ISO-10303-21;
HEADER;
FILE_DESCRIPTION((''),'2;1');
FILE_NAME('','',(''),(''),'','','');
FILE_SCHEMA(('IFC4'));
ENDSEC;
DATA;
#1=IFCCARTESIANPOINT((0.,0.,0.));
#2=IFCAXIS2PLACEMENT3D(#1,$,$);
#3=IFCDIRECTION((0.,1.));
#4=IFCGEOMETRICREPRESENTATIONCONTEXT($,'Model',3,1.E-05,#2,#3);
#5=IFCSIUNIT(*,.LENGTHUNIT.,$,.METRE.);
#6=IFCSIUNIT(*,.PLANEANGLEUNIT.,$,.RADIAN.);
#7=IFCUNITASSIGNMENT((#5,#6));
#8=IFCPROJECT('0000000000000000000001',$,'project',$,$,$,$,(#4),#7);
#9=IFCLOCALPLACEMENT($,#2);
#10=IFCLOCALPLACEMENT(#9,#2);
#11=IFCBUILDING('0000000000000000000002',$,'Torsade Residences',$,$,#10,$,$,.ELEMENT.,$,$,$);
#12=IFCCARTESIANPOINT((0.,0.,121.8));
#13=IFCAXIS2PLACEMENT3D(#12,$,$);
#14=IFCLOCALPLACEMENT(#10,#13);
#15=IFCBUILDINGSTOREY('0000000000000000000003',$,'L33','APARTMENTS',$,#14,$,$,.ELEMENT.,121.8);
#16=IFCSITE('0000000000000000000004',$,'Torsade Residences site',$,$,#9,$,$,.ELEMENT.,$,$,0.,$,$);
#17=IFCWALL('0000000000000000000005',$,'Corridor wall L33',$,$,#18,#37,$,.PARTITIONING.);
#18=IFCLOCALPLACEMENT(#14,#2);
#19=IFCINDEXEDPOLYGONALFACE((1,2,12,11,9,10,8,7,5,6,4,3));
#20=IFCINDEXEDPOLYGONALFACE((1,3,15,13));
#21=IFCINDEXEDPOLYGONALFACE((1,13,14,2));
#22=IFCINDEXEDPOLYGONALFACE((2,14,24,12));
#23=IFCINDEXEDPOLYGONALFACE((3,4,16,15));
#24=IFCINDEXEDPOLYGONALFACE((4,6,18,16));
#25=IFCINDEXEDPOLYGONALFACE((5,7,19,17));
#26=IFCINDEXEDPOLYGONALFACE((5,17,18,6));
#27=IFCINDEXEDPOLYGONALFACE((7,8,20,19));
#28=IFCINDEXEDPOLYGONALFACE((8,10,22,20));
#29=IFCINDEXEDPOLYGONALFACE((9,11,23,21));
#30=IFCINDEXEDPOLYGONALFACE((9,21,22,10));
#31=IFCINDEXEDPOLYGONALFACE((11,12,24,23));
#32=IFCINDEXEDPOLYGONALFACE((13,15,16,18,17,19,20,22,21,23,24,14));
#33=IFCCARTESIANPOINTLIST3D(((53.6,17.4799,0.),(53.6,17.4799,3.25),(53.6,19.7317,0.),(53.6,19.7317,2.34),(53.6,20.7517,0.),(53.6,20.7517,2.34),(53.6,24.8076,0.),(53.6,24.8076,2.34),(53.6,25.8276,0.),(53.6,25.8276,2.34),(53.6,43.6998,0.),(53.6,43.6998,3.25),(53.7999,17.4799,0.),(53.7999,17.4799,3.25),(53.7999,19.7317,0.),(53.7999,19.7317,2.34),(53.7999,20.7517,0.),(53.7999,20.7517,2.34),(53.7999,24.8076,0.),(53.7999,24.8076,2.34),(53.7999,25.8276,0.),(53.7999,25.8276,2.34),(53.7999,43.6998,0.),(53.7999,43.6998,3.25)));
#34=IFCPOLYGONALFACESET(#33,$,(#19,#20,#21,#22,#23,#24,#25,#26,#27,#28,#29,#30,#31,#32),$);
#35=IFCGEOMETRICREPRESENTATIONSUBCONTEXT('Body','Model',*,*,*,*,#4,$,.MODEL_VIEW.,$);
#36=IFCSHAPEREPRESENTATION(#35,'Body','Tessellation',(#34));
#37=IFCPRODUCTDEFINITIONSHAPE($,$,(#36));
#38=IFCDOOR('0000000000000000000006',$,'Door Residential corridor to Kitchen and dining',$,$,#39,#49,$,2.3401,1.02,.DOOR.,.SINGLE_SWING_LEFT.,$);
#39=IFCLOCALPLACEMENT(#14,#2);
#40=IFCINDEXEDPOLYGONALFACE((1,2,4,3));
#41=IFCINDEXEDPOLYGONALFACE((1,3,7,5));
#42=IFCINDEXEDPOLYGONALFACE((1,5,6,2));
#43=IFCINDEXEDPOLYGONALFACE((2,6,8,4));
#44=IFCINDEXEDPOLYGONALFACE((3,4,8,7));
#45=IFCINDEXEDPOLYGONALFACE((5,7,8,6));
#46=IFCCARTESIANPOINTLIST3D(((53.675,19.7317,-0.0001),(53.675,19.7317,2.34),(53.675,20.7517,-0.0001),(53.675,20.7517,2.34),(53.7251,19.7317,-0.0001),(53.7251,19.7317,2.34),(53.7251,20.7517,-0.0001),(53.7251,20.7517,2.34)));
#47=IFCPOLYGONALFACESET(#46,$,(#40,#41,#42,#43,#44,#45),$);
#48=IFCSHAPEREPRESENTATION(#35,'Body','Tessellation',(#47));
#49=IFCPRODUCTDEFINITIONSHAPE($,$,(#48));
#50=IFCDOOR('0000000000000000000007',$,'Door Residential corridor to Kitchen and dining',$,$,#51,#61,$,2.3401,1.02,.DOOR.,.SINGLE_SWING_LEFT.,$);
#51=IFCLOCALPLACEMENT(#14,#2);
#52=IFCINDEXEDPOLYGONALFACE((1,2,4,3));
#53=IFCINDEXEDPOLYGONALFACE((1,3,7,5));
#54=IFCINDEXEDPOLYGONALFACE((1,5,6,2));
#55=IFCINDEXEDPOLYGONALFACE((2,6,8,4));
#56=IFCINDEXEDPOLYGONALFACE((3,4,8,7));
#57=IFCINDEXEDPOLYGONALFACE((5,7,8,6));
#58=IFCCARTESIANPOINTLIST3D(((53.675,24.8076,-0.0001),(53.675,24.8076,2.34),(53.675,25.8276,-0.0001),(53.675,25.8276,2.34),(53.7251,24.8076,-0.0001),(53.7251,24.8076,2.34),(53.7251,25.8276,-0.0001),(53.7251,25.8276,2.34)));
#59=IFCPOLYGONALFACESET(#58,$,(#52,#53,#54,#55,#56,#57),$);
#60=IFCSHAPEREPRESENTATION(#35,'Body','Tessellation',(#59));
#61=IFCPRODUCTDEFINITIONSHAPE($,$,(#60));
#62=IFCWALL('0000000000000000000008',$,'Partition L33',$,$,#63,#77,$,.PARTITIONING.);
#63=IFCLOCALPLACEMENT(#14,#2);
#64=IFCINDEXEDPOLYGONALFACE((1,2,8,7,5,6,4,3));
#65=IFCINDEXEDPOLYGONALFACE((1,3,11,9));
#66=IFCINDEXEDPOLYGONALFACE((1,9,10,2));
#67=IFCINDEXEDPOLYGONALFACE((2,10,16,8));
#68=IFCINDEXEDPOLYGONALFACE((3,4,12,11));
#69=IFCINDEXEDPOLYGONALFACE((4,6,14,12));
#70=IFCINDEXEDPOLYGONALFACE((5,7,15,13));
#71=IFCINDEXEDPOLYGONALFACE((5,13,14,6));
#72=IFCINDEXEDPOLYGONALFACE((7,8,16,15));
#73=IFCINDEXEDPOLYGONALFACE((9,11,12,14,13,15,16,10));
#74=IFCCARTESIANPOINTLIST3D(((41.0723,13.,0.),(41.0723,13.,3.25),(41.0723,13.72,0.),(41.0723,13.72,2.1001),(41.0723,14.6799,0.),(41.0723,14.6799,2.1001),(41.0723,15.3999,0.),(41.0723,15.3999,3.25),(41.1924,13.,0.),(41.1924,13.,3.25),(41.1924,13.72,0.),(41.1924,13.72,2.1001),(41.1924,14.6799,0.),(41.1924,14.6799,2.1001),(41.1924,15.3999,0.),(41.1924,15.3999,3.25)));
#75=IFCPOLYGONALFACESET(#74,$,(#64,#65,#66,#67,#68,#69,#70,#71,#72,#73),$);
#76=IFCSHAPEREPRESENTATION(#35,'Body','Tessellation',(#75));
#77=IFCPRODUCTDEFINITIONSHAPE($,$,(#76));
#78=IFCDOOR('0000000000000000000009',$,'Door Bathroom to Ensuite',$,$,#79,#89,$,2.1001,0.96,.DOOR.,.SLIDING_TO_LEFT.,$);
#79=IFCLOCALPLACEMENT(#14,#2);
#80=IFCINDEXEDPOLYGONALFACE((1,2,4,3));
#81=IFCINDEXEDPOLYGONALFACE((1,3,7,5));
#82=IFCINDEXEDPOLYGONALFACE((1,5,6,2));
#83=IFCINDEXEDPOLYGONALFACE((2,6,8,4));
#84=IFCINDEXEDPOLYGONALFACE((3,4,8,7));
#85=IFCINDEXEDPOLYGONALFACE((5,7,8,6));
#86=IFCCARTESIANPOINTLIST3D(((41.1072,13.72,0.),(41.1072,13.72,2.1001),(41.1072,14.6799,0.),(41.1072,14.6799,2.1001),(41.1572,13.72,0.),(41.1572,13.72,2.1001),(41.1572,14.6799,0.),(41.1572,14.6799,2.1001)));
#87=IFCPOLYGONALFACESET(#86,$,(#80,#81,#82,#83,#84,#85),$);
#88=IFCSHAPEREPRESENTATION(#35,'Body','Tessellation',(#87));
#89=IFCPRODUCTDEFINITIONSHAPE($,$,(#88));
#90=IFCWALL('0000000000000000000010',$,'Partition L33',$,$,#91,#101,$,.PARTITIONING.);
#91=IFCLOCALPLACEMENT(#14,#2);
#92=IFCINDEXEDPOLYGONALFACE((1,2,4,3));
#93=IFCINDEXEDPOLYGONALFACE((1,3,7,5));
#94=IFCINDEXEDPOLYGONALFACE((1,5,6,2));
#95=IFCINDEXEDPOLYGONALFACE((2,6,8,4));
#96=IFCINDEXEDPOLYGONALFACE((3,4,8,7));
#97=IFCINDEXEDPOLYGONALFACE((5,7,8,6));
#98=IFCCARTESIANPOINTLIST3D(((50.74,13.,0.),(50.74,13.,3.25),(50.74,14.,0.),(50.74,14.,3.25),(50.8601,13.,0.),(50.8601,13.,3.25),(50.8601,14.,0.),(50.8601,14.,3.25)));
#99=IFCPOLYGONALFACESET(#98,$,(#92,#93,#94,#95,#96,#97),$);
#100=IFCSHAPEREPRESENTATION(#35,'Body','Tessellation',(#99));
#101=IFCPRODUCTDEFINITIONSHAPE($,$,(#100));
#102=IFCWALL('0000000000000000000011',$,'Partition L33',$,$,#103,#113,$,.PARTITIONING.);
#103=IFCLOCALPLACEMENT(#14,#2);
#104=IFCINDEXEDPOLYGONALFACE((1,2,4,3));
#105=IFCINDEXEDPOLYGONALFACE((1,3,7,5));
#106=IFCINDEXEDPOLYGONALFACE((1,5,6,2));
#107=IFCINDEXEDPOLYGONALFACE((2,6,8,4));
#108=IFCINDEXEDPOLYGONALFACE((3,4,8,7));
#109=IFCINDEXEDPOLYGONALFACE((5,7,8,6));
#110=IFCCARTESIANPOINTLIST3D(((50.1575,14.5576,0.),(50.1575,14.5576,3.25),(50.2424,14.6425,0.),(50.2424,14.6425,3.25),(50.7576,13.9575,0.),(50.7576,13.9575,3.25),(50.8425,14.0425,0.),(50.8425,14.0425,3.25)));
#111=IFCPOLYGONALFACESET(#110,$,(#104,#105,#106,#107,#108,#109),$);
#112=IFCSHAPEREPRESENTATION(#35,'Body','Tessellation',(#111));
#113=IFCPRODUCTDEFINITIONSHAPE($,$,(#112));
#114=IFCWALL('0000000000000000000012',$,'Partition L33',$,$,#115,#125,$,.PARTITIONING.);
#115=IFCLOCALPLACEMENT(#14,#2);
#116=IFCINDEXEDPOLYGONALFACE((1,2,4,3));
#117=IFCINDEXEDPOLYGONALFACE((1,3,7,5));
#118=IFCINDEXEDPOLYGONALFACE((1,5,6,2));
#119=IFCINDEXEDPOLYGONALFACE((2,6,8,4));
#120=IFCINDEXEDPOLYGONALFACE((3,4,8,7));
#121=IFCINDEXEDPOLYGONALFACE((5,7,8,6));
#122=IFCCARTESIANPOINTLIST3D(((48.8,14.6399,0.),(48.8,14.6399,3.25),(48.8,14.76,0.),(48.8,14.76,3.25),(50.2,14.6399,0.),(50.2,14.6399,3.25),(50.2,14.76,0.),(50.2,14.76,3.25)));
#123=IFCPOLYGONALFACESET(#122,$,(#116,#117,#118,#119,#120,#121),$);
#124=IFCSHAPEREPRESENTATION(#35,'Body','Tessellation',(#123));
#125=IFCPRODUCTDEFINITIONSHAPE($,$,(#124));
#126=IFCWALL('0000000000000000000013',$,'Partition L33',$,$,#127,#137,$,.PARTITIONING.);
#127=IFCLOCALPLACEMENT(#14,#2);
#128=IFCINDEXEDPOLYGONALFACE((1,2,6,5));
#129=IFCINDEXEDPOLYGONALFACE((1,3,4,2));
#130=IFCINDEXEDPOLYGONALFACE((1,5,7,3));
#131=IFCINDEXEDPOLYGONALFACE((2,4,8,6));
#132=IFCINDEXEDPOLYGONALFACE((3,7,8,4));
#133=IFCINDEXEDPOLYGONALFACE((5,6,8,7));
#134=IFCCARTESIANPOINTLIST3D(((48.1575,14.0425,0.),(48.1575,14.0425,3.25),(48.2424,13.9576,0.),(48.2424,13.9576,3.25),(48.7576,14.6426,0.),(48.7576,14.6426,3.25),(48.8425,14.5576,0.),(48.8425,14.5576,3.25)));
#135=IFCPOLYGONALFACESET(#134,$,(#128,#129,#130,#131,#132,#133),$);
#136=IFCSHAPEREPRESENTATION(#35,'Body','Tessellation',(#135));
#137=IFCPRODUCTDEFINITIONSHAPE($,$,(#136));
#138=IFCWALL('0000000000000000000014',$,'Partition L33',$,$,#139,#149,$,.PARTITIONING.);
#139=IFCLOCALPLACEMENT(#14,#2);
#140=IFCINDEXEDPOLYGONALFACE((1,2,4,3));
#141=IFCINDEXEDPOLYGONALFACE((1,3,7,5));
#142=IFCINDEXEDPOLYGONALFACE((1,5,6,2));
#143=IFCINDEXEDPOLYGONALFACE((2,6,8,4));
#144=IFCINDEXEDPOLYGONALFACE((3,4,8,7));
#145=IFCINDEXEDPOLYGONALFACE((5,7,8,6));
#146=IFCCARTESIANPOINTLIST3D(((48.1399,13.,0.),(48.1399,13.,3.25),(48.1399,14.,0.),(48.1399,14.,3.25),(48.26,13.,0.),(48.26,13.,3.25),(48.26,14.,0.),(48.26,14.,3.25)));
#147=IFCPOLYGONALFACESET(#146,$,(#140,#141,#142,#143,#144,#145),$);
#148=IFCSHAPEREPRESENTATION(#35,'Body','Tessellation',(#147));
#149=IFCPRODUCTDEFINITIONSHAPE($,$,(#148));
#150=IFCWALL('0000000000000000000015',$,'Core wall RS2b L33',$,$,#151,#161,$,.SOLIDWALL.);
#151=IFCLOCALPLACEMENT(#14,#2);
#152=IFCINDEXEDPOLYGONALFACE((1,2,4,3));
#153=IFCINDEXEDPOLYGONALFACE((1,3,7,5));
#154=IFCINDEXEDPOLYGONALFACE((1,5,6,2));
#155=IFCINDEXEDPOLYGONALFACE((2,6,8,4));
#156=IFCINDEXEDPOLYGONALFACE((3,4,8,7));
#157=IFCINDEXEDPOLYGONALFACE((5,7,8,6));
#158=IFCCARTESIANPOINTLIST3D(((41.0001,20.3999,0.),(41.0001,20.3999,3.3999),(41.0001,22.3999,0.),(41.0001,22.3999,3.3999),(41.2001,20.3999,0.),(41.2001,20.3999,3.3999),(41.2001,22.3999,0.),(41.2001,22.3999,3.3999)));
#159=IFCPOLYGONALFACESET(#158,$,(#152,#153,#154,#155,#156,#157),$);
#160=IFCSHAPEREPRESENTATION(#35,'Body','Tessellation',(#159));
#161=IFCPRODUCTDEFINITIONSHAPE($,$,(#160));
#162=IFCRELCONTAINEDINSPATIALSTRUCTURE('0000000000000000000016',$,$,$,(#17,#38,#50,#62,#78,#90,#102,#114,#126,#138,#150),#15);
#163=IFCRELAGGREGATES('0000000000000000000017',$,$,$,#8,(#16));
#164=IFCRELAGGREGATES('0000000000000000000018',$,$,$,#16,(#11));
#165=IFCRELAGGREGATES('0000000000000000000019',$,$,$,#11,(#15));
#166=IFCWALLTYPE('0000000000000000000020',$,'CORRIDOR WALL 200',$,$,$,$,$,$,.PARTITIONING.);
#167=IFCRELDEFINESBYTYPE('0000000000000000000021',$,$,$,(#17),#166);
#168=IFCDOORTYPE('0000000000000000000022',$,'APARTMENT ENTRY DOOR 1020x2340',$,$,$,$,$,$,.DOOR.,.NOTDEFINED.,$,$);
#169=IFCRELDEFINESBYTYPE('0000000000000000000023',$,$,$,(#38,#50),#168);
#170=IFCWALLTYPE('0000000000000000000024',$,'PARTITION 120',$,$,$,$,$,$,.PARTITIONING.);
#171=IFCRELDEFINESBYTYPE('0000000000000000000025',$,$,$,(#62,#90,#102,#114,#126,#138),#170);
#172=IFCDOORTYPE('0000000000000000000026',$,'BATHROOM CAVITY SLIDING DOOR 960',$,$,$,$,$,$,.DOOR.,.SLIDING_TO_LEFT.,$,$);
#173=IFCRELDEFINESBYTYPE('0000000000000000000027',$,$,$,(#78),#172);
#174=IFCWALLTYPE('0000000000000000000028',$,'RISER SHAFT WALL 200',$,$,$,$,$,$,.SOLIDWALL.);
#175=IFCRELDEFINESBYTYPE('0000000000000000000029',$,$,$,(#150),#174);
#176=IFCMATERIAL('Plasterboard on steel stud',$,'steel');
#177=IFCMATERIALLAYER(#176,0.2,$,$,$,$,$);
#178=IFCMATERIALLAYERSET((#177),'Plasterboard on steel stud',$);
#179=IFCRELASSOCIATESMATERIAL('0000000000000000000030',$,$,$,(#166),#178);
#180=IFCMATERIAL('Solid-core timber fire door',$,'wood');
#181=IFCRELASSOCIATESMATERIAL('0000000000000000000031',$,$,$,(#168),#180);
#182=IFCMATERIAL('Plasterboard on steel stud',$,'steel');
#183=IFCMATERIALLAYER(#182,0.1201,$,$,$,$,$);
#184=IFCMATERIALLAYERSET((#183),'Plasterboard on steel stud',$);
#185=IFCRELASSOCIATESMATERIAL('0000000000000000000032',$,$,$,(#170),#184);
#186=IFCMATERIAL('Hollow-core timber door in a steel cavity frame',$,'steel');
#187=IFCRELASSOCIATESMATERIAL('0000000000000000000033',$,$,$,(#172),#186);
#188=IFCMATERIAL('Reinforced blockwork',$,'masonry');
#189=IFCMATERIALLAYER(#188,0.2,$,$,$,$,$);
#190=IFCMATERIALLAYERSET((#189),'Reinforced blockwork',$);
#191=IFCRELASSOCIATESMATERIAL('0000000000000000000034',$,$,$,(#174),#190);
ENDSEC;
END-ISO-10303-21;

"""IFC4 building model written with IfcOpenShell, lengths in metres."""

from ifc_helpers import new_model, si_unit, direction, frame, frame_2d, origin, place, context, subcontext, project, spatial, rectangle, extrude, material, layer, layer_set, type_object, element, fill, save


model = new_model("IFC4")

# Units and contexts
model_context = context("Model", 3, precision=1e-05, world=origin(), true_north=direction((0.0, 1.0)))
body_context = subcontext(model_context, "Body", "Model", "MODEL_VIEW")
ifc_project = project(units=[si_unit("LENGTHUNIT", "METRE"), si_unit("PLANEANGLEUNIT", "RADIAN")], contexts=[model_context])

# Site, building, storey
site_placement = place(None, origin())
site = spatial("IfcSite", under=ifc_project, at=site_placement, Name="Torsade Residences site", CompositionType="ELEMENT", RefElevation=0.0)
building_placement = place(site_placement, origin())
building = spatial("IfcBuilding", under=site, at=building_placement, Name="Torsade Residences", CompositionType="ELEMENT")
storey_placement = place(building_placement, frame((0.0, 0.0, 121.8)))
storey = spatial("IfcBuildingStorey", under=building, at=storey_placement, Name="L33", Description="APARTMENTS", CompositionType="ELEMENT", Elevation=121.8)

# Shared definitions
ifc_material_1 = material(Name="Plasterboard on steel stud", Category="steel")
ifc_layer_1 = layer(ifc_material_1, 0.2)
ifc_layer_set_1 = layer_set([ifc_layer_1], Name="Plasterboard on steel stud")
wall_type_1 = type_object("IfcWallType", Name="CORRIDOR WALL 200", PredefinedType="PARTITIONING", material=ifc_layer_set_1)

# Wall, openings, doors
wall_1_placement = place(storey_placement, frame((53.7, 17.48, 0.0), z_axis=(0.0, 0.0, 1.0), x_axis=(0.0, 1.0, 0.0)))
wall_1 = element("IfcWall", 1, at=wall_1_placement, inside=storey, type_object=wall_type_1, Name="Corridor wall L33", PredefinedType="PARTITIONING", context=body_context, shape_type="SweptSolid", body=[
    extrude(rectangle(XDim=26.22, YDim=0.2, at=frame_2d((13.1099, 0.0))), origin(), (0.0, 0.0, 1.0), 3.25),
])
opening_1_placement = place(wall_1_placement, frame((2.2517, 0.0, 0.0)))
opening_1 = element("IfcOpeningElement", 2, at=opening_1_placement, cuts=wall_1, PredefinedType="OPENING", context=body_context, shape_type="SweptSolid", body=[
    extrude(rectangle(XDim=1.02, YDim=2.3401, at=frame_2d((0.51, 1.1699))), frame((0.0, 0.1099, 0.0), z_axis=(0.0, -1.0, 0.0), x_axis=(1.0, 0.0, 0.0)), (0.0, 0.0, 1.0), 0.22),
])
opening_2_placement = place(wall_1_placement, frame((7.3276, 0.0, 0.0)))
opening_2 = element("IfcOpeningElement", 3, at=opening_2_placement, cuts=wall_1, PredefinedType="OPENING", context=body_context, shape_type="SweptSolid", body=[
    extrude(rectangle(XDim=1.02, YDim=2.3401, at=frame_2d((0.51, 1.1699))), frame((0.0, 0.1099, 0.0), z_axis=(0.0, -1.0, 0.0), x_axis=(1.0, 0.0, 0.0)), (0.0, 0.0, 1.0), 0.22),
])
ifc_material_2 = material(Name="Solid-core timber fire door", Category="wood")
door_type_1 = type_object("IfcDoorType", Name="APARTMENT ENTRY DOOR 1020x2340", OperationType="NOTDEFINED", PredefinedType="DOOR", material=ifc_material_2)
door_1_placement = place(opening_1_placement, origin())
door_1 = element("IfcDoor", 4, at=door_1_placement, inside=storey, type_object=door_type_1, Name="Door Residential corridor to Kitchen and dining", OperationType="SINGLE_SWING_LEFT", OverallHeight=2.3401, OverallWidth=1.02, PredefinedType="DOOR", context=body_context, shape_type="SweptSolid", body=[
    extrude(rectangle(XDim=1.02, YDim=2.3401, at=frame_2d((0.51, 1.1699))), frame((0.0, 0.0249, 0.0), z_axis=(0.0, -1.0, 0.0), x_axis=(1.0, 0.0, 0.0)), (0.0, 0.0, 1.0), 0.05),
])
fill(opening_1, door_1)
door_2_placement = place(opening_2_placement, origin())
door_2 = element("IfcDoor", 5, at=door_2_placement, inside=storey, type_object=door_type_1, Name="Door Residential corridor to Kitchen and dining", OperationType="SINGLE_SWING_LEFT", OverallHeight=2.3401, OverallWidth=1.02, PredefinedType="DOOR", context=body_context, shape_type="SweptSolid", body=[
    extrude(rectangle(XDim=1.02, YDim=2.3401, at=frame_2d((0.51, 1.1699))), frame((0.0, 0.0249, 0.0), z_axis=(0.0, -1.0, 0.0), x_axis=(1.0, 0.0, 0.0)), (0.0, 0.0, 1.0), 0.05),
])
fill(opening_2, door_2)

# Wall, opening, door
ifc_material_3 = material(Name="Plasterboard on steel stud", Category="steel")
ifc_layer_2 = layer(ifc_material_3, 0.1201)
ifc_layer_set_2 = layer_set([ifc_layer_2], Name="Plasterboard on steel stud")
wall_type_2 = type_object("IfcWallType", Name="PARTITION 120", PredefinedType="PARTITIONING", material=ifc_layer_set_2)
wall_2_placement = place(storey_placement, frame((41.1323, 15.3999, 0.0), z_axis=(0.0, 0.0, 1.0), x_axis=(0.0, -1.0, 0.0)))
wall_2 = element("IfcWall", 6, at=wall_2_placement, inside=storey, type_object=wall_type_2, Name="Partition L33", PredefinedType="PARTITIONING", context=body_context, shape_type="SweptSolid", body=[
    extrude(rectangle(XDim=2.3999, YDim=0.1201, at=frame_2d((1.2, 0.0))), origin(), (0.0, 0.0, 1.0), 3.25),
])
opening_3_placement = place(wall_2_placement, frame((0.72, 0.0, 0.0)))
opening_3 = element("IfcOpeningElement", 7, at=opening_3_placement, cuts=wall_2, PredefinedType="OPENING", context=body_context, shape_type="SweptSolid", body=[
    extrude(rectangle(XDim=0.96, YDim=2.1001, at=frame_2d((0.48, 1.05))), frame((0.0, 0.0701, 0.0), z_axis=(0.0, -1.0, 0.0), x_axis=(1.0, 0.0, 0.0)), (0.0, 0.0, 1.0), 0.1401),
])
ifc_material_4 = material(Name="Hollow-core timber door in a steel cavity frame", Category="steel")
door_type_2 = type_object("IfcDoorType", Name="BATHROOM CAVITY SLIDING DOOR 960", OperationType="SLIDING_TO_LEFT", PredefinedType="DOOR", material=ifc_material_4)
door_3_placement = place(opening_3_placement, origin())
door_3 = element("IfcDoor", 8, at=door_3_placement, inside=storey, type_object=door_type_2, Name="Door Bathroom to Ensuite", OperationType="SLIDING_TO_LEFT", OverallHeight=2.1001, OverallWidth=0.96, PredefinedType="DOOR", context=body_context, shape_type="SweptSolid", body=[
    extrude(rectangle(XDim=0.96, YDim=2.1001, at=frame_2d((0.48, 1.05))), frame((0.0, 0.0249, 0.0), z_axis=(0.0, -1.0, 0.0), x_axis=(1.0, 0.0, 0.0)), (0.0, 0.0, 1.0), 0.05),
])
fill(opening_3, door_3)

# Walls
wall_3_placement = place(storey_placement, frame((50.8, 13.0, 0.0), z_axis=(0.0, 0.0, 1.0), x_axis=(0.0, 1.0, 0.0)))
element("IfcWall", 9, at=wall_3_placement, inside=storey, type_object=wall_type_2, Name="Partition L33", PredefinedType="PARTITIONING", context=body_context, shape_type="SweptSolid", body=[
    extrude(rectangle(XDim=1.0, YDim=0.1201, at=frame_2d((0.5, 0.0))), origin(), (0.0, 0.0, 1.0), 3.25),
])
wall_4_placement = place(storey_placement, frame((50.8, 14.0, 0.0), z_axis=(0.0, 0.0, 1.0), x_axis=(-0.707107, 0.707107, 0.0)))
element("IfcWall", 10, at=wall_4_placement, inside=storey, type_object=wall_type_2, Name="Partition L33", PredefinedType="PARTITIONING", context=body_context, shape_type="SweptSolid", body=[
    extrude(rectangle(XDim=0.8486, YDim=0.1201, at=frame_2d((0.4243, 0.0))), origin(), (0.0, 0.0, 1.0), 3.25),
])
wall_5_placement = place(storey_placement, frame((50.2, 14.7, 0.0), z_axis=(0.0, 0.0, 1.0), x_axis=(-1.0, 0.0, 0.0)))
element("IfcWall", 11, at=wall_5_placement, inside=storey, type_object=wall_type_2, Name="Partition L33", PredefinedType="PARTITIONING", context=body_context, shape_type="SweptSolid", body=[
    extrude(rectangle(XDim=1.3999, YDim=0.1201, at=frame_2d((0.7, 0.0))), origin(), (0.0, 0.0, 1.0), 3.25),
])
wall_6_placement = place(storey_placement, frame((48.8, 14.6001, 0.0), z_axis=(0.0, 0.0, 1.0), x_axis=(-0.707107, -0.707107, 0.0)))
element("IfcWall", 12, at=wall_6_placement, inside=storey, type_object=wall_type_2, Name="Partition L33", PredefinedType="PARTITIONING", context=body_context, shape_type="SweptSolid", body=[
    extrude(rectangle(XDim=0.8486, YDim=0.1201, at=frame_2d((0.4243, 0.0))), origin(), (0.0, 0.0, 1.0), 3.25),
])
wall_7_placement = place(storey_placement, frame((48.2, 14.0, 0.0), z_axis=(0.0, 0.0, 1.0), x_axis=(0.0, -1.0, 0.0)))
element("IfcWall", 13, at=wall_7_placement, inside=storey, type_object=wall_type_2, Name="Partition L33", PredefinedType="PARTITIONING", context=body_context, shape_type="SweptSolid", body=[
    extrude(rectangle(XDim=1.0, YDim=0.1201, at=frame_2d((0.5, 0.0))), origin(), (0.0, 0.0, 1.0), 3.25),
])
ifc_material_5 = material(Name="Reinforced blockwork", Category="masonry")
ifc_layer_3 = layer(ifc_material_5, 0.2)
ifc_layer_set_3 = layer_set([ifc_layer_3], Name="Reinforced blockwork")
wall_type_3 = type_object("IfcWallType", Name="RISER SHAFT WALL 200", PredefinedType="SOLIDWALL", material=ifc_layer_set_3)
wall_8_placement = place(storey_placement, frame((41.1001, 22.3999, 0.0), z_axis=(0.0, 0.0, 1.0), x_axis=(0.0, -1.0, 0.0)))
element("IfcWall", 14, at=wall_8_placement, inside=storey, type_object=wall_type_3, Name="Core wall RS2b L33", PredefinedType="SOLIDWALL", context=body_context, shape_type="SweptSolid", body=[
    extrude(rectangle(XDim=2.0, YDim=0.2, at=frame_2d((1.0, 0.0))), origin(), (0.0, 0.0, 1.0), 3.3999),
])

save(model, "model.ifc")
